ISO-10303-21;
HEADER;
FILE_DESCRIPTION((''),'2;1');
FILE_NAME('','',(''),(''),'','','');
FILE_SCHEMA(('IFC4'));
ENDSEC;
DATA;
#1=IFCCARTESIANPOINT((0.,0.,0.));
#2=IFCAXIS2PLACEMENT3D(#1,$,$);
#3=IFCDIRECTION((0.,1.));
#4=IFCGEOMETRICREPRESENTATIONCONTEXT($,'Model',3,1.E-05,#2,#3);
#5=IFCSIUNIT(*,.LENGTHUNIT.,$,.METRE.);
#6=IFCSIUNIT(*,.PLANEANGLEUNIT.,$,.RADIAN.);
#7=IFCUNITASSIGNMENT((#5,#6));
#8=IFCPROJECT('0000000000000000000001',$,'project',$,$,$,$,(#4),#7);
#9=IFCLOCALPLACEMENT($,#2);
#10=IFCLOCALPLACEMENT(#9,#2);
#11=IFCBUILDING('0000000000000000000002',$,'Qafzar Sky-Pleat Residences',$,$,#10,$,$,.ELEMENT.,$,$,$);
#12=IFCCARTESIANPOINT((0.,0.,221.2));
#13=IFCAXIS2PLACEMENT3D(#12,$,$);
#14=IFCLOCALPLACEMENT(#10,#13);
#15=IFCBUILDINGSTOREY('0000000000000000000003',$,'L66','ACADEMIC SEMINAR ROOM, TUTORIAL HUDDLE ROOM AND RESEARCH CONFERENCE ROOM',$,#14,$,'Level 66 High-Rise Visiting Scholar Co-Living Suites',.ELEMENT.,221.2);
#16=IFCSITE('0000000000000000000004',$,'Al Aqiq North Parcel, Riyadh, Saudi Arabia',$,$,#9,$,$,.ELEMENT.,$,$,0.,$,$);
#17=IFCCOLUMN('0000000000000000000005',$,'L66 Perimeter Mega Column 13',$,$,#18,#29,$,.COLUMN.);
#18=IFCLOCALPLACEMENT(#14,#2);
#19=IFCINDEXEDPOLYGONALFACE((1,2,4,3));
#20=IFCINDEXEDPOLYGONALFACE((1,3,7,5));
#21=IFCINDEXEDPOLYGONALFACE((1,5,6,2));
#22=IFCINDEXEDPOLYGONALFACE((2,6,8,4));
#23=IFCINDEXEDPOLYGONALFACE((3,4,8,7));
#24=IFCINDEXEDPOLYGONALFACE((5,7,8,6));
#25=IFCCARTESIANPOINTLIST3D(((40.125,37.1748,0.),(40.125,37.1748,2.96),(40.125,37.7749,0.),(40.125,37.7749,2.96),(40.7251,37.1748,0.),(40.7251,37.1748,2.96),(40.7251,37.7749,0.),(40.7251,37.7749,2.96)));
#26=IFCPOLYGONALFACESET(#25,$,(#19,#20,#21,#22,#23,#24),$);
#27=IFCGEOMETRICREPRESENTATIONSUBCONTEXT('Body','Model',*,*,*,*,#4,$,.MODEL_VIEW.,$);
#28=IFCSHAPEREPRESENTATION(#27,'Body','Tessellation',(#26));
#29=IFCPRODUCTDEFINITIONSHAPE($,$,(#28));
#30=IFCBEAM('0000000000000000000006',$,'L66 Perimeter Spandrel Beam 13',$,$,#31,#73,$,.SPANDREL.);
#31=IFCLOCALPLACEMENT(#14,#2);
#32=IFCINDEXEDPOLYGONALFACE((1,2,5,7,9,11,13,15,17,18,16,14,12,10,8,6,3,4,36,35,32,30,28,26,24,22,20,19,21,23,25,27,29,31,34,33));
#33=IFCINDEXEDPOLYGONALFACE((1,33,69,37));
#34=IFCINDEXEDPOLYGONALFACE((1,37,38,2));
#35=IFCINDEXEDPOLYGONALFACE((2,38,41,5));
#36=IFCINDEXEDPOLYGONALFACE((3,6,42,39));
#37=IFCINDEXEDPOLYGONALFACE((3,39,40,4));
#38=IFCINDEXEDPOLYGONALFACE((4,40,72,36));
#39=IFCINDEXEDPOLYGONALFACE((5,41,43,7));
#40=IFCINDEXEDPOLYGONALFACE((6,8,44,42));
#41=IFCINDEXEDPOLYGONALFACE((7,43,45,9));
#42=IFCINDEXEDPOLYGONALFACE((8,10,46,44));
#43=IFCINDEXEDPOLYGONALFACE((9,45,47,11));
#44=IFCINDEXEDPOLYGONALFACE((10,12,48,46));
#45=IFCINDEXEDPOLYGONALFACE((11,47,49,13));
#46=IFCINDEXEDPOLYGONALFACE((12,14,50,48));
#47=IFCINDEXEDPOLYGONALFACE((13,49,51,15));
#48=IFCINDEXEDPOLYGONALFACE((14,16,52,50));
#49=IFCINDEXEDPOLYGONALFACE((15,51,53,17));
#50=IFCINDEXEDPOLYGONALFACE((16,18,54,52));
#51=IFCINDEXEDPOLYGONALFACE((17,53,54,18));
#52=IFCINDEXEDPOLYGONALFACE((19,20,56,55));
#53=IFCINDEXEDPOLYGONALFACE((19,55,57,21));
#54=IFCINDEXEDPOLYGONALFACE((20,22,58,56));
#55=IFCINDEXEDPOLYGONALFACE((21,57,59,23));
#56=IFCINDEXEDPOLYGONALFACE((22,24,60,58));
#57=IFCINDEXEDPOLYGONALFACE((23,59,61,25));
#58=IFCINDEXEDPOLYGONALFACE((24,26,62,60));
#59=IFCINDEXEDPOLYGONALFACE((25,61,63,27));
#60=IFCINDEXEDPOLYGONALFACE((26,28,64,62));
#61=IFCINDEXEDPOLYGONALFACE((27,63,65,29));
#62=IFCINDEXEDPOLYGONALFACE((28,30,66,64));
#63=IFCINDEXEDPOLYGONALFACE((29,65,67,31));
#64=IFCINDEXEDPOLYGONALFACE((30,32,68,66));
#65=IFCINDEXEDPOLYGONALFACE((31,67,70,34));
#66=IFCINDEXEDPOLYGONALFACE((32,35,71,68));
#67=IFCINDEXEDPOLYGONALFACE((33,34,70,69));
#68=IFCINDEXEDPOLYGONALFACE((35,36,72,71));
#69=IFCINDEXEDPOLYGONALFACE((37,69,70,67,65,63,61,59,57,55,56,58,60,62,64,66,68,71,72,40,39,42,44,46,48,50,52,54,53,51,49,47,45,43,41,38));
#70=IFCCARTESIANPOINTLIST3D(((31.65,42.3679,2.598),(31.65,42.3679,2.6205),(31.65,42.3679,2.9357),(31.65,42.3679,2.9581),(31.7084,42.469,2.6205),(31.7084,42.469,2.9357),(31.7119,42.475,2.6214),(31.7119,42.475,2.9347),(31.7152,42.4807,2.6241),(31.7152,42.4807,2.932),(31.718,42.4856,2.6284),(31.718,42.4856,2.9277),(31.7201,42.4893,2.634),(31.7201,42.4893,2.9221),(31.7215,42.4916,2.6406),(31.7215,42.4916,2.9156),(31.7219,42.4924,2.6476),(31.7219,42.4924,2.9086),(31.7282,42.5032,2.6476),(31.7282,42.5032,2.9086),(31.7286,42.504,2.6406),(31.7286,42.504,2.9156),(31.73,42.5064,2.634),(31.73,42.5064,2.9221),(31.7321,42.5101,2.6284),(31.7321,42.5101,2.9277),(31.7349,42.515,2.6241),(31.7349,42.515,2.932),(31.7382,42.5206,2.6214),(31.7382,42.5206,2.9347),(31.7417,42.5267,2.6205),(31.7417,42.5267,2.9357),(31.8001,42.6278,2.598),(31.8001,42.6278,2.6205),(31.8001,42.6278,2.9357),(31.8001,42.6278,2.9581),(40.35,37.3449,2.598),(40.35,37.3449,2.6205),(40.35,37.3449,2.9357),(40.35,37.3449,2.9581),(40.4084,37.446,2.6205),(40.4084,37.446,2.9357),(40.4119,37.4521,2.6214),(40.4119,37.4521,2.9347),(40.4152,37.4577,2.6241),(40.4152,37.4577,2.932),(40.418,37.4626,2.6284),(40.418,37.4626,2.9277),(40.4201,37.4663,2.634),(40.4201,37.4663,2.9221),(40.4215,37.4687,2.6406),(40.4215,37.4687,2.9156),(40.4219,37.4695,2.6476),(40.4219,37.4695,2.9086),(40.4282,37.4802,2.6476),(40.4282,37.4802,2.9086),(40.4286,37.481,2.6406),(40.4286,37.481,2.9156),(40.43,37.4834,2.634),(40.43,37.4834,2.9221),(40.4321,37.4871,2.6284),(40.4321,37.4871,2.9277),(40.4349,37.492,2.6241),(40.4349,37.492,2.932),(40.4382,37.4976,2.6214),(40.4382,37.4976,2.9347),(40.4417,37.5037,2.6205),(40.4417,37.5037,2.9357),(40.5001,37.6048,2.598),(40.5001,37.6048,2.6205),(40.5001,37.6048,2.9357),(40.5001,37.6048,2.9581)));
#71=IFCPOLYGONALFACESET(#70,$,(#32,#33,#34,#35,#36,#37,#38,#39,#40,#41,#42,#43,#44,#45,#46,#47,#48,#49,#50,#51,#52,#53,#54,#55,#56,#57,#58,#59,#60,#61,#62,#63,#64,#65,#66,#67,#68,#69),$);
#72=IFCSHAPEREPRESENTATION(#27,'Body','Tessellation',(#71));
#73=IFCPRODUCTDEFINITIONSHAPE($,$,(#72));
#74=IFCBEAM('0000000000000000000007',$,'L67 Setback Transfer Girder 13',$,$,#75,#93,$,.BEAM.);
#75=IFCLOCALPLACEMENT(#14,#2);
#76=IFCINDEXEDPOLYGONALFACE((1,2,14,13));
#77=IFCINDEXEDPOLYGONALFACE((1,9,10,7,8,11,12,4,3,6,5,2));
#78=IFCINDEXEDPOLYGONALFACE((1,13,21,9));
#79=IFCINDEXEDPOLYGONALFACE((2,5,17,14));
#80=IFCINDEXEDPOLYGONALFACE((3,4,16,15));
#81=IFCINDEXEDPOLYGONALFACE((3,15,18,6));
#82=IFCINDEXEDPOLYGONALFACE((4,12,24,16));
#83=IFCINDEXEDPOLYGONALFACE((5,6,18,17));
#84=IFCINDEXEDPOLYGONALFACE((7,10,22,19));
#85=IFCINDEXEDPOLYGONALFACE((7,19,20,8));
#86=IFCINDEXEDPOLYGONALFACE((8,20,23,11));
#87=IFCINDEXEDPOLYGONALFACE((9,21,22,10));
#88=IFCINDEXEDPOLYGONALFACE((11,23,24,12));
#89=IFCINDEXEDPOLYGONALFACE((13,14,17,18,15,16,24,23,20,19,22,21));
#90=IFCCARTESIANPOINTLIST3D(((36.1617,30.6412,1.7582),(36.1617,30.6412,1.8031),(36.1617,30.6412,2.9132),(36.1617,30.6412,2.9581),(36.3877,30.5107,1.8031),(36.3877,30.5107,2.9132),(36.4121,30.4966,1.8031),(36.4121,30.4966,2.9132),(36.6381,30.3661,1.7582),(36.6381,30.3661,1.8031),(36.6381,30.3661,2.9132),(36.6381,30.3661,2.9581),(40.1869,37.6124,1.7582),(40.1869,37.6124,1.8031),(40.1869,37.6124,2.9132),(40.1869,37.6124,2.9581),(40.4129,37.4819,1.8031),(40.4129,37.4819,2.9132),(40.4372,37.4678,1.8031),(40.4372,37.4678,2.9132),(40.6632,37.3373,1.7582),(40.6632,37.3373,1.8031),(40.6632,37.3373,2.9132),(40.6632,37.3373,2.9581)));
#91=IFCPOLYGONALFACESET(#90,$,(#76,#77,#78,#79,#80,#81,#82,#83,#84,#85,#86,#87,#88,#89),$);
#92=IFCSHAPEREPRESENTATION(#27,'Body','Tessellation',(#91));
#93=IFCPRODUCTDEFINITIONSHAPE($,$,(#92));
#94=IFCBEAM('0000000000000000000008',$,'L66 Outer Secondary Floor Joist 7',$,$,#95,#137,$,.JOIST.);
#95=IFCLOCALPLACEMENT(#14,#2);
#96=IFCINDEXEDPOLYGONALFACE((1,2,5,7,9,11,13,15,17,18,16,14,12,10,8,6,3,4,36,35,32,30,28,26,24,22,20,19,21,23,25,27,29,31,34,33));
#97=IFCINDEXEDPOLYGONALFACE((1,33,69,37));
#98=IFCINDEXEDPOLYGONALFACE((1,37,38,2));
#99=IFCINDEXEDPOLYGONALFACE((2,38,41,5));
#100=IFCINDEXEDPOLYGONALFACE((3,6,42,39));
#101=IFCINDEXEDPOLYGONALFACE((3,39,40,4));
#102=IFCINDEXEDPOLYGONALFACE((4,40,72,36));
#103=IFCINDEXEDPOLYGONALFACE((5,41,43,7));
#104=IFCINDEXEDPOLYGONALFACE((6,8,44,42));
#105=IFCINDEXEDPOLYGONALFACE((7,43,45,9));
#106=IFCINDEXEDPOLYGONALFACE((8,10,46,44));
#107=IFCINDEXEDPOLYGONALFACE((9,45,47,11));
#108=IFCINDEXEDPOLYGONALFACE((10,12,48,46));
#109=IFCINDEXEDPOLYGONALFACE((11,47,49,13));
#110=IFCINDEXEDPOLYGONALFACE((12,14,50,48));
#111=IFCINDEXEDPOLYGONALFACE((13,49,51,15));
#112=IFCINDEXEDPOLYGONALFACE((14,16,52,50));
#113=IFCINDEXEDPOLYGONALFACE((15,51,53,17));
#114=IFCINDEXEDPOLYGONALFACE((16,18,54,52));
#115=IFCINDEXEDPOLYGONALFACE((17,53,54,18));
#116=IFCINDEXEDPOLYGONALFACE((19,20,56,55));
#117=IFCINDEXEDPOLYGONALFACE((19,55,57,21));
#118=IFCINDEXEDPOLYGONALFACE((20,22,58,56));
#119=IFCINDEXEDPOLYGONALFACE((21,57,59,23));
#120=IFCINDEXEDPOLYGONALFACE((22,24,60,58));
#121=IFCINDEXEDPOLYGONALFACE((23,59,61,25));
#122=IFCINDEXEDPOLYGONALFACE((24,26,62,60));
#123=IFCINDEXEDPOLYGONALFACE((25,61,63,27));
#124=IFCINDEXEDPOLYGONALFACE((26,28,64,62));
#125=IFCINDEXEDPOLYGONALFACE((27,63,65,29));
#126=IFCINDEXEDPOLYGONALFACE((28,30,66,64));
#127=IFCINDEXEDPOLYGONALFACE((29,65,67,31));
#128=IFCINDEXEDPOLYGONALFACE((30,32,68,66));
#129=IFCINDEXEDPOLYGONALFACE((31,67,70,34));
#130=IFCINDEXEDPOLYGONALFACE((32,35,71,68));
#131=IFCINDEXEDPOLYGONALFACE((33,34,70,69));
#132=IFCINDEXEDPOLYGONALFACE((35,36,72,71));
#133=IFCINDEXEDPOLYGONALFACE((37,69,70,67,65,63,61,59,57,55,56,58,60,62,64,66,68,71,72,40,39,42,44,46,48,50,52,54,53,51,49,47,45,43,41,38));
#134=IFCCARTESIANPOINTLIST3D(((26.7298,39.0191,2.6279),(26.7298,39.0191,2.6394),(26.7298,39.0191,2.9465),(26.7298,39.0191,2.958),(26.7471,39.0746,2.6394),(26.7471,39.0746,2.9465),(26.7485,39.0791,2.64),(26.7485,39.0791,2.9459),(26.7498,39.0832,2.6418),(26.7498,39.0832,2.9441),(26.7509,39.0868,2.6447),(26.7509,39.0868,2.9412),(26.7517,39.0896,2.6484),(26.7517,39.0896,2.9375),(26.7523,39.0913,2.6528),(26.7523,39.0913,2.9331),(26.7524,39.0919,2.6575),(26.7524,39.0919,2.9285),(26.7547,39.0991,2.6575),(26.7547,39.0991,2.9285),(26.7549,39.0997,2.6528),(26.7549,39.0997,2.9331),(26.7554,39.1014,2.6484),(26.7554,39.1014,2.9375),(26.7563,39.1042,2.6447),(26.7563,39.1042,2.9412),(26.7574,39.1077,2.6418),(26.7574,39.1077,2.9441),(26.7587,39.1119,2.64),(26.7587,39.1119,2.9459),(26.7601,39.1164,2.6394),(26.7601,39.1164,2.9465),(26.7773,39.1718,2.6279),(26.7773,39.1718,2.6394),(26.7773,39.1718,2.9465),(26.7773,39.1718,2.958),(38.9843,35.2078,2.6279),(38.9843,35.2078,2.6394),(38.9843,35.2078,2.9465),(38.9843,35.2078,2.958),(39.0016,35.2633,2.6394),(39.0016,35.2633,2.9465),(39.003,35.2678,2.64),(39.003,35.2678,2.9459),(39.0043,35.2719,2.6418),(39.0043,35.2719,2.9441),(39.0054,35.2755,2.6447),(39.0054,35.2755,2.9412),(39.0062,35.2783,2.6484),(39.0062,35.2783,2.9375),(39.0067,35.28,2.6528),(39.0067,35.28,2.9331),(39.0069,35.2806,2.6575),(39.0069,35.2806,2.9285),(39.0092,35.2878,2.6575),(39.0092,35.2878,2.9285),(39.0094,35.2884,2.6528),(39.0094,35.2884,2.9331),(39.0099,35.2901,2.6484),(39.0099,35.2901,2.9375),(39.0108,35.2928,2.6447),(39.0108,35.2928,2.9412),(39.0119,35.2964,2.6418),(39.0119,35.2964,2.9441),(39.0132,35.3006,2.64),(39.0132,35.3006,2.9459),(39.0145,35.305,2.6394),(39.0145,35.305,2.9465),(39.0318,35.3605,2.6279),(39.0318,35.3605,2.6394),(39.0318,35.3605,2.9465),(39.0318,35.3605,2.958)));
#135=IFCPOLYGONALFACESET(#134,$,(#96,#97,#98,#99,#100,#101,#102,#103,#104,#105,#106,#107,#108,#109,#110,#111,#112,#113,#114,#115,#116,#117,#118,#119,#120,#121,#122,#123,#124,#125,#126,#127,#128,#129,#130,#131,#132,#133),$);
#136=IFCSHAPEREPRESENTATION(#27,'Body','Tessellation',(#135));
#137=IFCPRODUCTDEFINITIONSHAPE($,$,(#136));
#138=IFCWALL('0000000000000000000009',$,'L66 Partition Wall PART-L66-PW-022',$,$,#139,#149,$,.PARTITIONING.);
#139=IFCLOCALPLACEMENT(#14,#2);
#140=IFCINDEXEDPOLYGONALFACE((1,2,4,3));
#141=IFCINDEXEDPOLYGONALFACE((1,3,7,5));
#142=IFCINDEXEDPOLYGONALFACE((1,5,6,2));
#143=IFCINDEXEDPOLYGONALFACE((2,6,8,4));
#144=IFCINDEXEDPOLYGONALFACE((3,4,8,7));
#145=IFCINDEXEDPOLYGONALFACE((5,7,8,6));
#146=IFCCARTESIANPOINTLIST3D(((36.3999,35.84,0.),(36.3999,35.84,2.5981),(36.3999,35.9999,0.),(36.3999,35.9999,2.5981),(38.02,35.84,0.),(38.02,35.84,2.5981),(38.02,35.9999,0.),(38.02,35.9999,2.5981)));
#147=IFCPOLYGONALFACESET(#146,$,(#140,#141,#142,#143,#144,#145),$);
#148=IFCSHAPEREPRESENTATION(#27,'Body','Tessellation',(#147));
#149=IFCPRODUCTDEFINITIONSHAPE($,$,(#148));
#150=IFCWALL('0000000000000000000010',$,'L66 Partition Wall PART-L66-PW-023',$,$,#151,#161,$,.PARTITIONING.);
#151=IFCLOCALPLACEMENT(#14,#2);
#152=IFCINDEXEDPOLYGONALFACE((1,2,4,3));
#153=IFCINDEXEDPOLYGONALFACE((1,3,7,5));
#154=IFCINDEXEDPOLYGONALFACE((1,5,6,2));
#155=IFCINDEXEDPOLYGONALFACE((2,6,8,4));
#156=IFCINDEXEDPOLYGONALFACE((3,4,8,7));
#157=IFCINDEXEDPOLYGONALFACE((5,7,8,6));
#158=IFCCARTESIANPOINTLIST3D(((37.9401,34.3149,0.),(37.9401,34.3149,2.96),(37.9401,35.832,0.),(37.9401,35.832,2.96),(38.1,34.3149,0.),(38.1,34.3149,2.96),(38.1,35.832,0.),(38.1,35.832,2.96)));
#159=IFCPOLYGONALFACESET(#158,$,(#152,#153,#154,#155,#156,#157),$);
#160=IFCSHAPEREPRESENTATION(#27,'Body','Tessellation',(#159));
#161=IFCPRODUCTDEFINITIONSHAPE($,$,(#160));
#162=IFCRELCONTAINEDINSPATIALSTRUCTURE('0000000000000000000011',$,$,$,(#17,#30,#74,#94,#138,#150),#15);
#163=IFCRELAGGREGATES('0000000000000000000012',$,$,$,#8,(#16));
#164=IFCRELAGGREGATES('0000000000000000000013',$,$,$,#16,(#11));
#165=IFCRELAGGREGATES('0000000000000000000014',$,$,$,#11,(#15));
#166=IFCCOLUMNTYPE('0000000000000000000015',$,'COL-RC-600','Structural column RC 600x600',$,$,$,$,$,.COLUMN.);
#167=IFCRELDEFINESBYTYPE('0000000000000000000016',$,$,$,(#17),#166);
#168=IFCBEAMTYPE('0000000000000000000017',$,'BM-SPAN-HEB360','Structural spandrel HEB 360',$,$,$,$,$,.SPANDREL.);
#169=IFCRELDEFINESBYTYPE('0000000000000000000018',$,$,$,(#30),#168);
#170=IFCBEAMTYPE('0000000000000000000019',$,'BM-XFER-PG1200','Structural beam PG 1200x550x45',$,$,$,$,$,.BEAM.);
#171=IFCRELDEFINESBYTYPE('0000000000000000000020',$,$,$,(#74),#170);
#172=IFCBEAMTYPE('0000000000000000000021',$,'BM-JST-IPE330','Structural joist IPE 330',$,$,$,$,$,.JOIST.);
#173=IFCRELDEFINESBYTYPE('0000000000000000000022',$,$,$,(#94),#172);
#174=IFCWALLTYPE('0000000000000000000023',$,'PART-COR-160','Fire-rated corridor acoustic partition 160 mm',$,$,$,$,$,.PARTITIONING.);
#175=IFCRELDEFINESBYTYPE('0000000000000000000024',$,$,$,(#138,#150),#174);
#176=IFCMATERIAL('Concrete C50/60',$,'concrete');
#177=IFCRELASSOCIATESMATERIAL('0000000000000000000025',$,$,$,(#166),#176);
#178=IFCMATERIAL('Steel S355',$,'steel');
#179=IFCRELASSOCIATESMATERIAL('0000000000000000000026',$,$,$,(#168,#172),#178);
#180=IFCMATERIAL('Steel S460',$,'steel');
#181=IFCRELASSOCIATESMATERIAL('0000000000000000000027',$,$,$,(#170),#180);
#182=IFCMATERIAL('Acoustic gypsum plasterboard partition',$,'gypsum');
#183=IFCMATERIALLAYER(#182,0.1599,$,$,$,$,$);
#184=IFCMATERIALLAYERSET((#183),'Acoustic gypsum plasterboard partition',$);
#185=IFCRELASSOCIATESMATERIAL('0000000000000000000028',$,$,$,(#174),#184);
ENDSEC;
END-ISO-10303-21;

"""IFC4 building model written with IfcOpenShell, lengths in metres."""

from ifc_helpers import new_model, si_unit, direction, frame, frame_2d, origin, origin_2d, place, context, subcontext, project, spatial, rectangle, i_section, extrude, source, transform, mapped, material, layer, layer_set, material_profile, profile_set, type_object, element, save


model = new_model("IFC4")

# Units and contexts
model_context = context("Model", 3, precision=1e-05, world=origin(), true_north=direction((0.0, 1.0)))
body_context = subcontext(model_context, "Body", "Model", "MODEL_VIEW")
ifc_project = project(units=[si_unit("LENGTHUNIT", "METRE"), si_unit("PLANEANGLEUNIT", "RADIAN")], contexts=[model_context])

# Site, building, storey
site_placement = place(None, origin())
site = spatial("IfcSite", under=ifc_project, at=site_placement, Name="Al Aqiq North Parcel, Riyadh, Saudi Arabia", CompositionType="ELEMENT", RefElevation=0.0)
building_placement = place(site_placement, origin())
building = spatial("IfcBuilding", under=site, at=building_placement, Name="Qafzar Sky-Pleat Residences", CompositionType="ELEMENT")
storey_placement = place(building_placement, frame((0.0, 0.0, 221.2)))
storey = spatial("IfcBuildingStorey", under=building, at=storey_placement, Name="L66", Description="ACADEMIC SEMINAR ROOM, TUTORIAL HUDDLE ROOM AND RESEARCH CONFERENCE ROOM", LongName="Level 66 High-Rise Visiting Scholar Co-Living Suites", CompositionType="ELEMENT", Elevation=221.2)

# Column
ifc_material_1 = material(Name="Concrete C50/60", Category="concrete")
ifc_material_profile_1 = material_profile(ifc_material_1, rectangle(XDim=0.6001, YDim=0.6001, at=origin_2d()), Name="RC 600x600")
ifc_profile_set_1 = profile_set([ifc_material_profile_1], Name="Concrete C50/60")
column_type = type_object("IfcColumnType", Name="COL-RC-600", Description="Structural column RC 600x600", PredefinedType="COLUMN", material=ifc_profile_set_1)
shared_shape_1 = source(origin(), body_context, "Body", "SweptSolid", [
    extrude(rectangle(XDim=0.6001, YDim=0.6001, at=origin_2d()), origin(), (0.0, 0.0, 1.0), 2.96),
])
column_placement = place(storey_placement, frame((40.425, 37.4749, 0.0), z_axis=(0.0, 0.0, 1.0), x_axis=(1.0, 0.0, 0.0)))
element("IfcColumn", 1, at=column_placement, inside=storey, type_object=column_type, Name="L66 Perimeter Mega Column 13", PredefinedType="COLUMN", context=body_context, shape_type="MappedRepresentation", body=[
    mapped(shared_shape_1, transform((0.0, 0.0, 0.0), x_axis=(1.0, 0.0, 0.0), y_axis=(0.0, 1.0, 0.0), z_axis=(0.0, 0.0, 1.0), scale=1.0)),
])

# Beams
ifc_material_2 = material(Name="Steel S355", Category="steel")
ifc_material_profile_2 = material_profile(ifc_material_2, i_section(OverallWidth=0.3, OverallDepth=0.3601, WebThickness=0.0125, FlangeThickness=0.0225, FilletRadius=0.0271, at=origin_2d()), Name="HEB 360")
ifc_profile_set_2 = profile_set([ifc_material_profile_2], Name="Steel S355")
beam_type_1 = type_object("IfcBeamType", Name="BM-SPAN-HEB360", Description="Structural spandrel HEB 360", PredefinedType="SPANDREL", material=ifc_profile_set_2)
shared_shape_2 = source(origin(), body_context, "Body", "SweptSolid", [
    extrude(i_section(OverallWidth=0.3, OverallDepth=0.3601, WebThickness=0.0125, FlangeThickness=0.0225, FilletRadius=0.0271, at=origin_2d()), origin(), (0.0, 0.0, 1.0), 10.0459),
])
beam_1_placement = place(storey_placement, frame((40.425, 37.4749, 2.7781), z_axis=(-0.866024, 0.500002, 0.0), x_axis=(-0.500002, -0.866024, 0.0)))
element("IfcBeam", 2, at=beam_1_placement, inside=storey, type_object=beam_type_1, Name="L66 Perimeter Spandrel Beam 13", PredefinedType="SPANDREL", context=body_context, shape_type="MappedRepresentation", body=[
    mapped(shared_shape_2, transform((0.0, 0.0, 0.0), x_axis=(1.0, 0.0, 0.0), y_axis=(0.0, 1.0, 0.0), z_axis=(0.0, 0.0, 1.0), scale=1.0)),
])
ifc_material_3 = material(Name="Steel S460", Category="steel")
ifc_material_profile_3 = material_profile(ifc_material_3, i_section(OverallWidth=0.55, OverallDepth=1.2, WebThickness=0.0281, FlangeThickness=0.0449, at=origin_2d()), Name="PG 1200x550x45")
ifc_profile_set_3 = profile_set([ifc_material_profile_3], Name="Steel S460")
beam_type_2 = type_object("IfcBeamType", Name="BM-XFER-PG1200", Description="Structural beam PG 1200x550x45", PredefinedType="BEAM", material=ifc_profile_set_3)
shared_shape_3 = source(origin(), body_context, "Body", "SweptSolid", [
    extrude(i_section(OverallWidth=0.55, OverallDepth=1.2, WebThickness=0.0281, FlangeThickness=0.0449, at=origin_2d()), origin(), (0.0, 0.0, 1.0), 8.0498),
])
beam_2_placement = place(storey_placement, frame((40.425, 37.4749, 2.3582), z_axis=(-0.50003, -0.866008, 0.0), x_axis=(0.866008, -0.50003, 0.0)))
element("IfcBeam", 3, at=beam_2_placement, inside=storey, type_object=beam_type_2, Name="L67 Setback Transfer Girder 13", PredefinedType="BEAM", context=body_context, shape_type="MappedRepresentation", body=[
    mapped(shared_shape_3, transform((0.0, 0.0, 0.0), x_axis=(1.0, 0.0, 0.0), y_axis=(0.0, 1.0, 0.0), z_axis=(0.0, 0.0, 1.0), scale=1.0)),
])
ifc_material_profile_4 = material_profile(ifc_material_2, i_section(OverallWidth=0.1599, OverallDepth=0.3301, WebThickness=0.0076, FlangeThickness=0.0115, FilletRadius=0.0181, at=origin_2d()), Name="IPE 330")
ifc_profile_set_4 = profile_set([ifc_material_profile_4], Name="Steel S355")
beam_type_3 = type_object("IfcBeamType", Name="BM-JST-IPE330", Description="Structural joist IPE 330", PredefinedType="JOIST", material=ifc_profile_set_4)
shared_shape_4 = source(origin(), body_context, "Body", "SweptSolid", [
    extrude(i_section(OverallWidth=0.1599, OverallDepth=0.3301, WebThickness=0.0076, FlangeThickness=0.0115, FilletRadius=0.0181, at=origin_2d()), origin(), (0.0, 0.0, 1.0), 12.8335),
])
beam_3_placement = place(storey_placement, frame((39.0081, 35.2842, 2.793), z_axis=(-0.954883, 0.296981, 0.0), x_axis=(-0.296981, -0.954883, 0.0)))
element("IfcBeam", 4, at=beam_3_placement, inside=storey, type_object=beam_type_3, Name="L66 Outer Secondary Floor Joist 7", PredefinedType="JOIST", context=body_context, shape_type="MappedRepresentation", body=[
    mapped(shared_shape_4, transform((0.0, 0.0, 0.0), x_axis=(1.0, 0.0, 0.0), y_axis=(0.0, 1.0, 0.0), z_axis=(0.0, 0.0, 1.0), scale=1.0)),
])

# Walls
ifc_material_4 = material(Name="Acoustic gypsum plasterboard partition", Category="gypsum")
ifc_layer_1 = layer(ifc_material_4, 0.1599)
ifc_layer_set_1 = layer_set([ifc_layer_1], Name="Acoustic gypsum plasterboard partition")
wall_type_1 = type_object("IfcWallType", Name="PART-COR-160", Description="Fire-rated corridor acoustic partition 160 mm", PredefinedType="PARTITIONING", material=ifc_layer_set_1)
wall_1_placement = place(storey_placement, frame((36.3999, 35.9199, 0.0), z_axis=(0.0, 0.0, 1.0), x_axis=(1.0, 0.0, 0.0)))
element("IfcWall", 5, at=wall_1_placement, inside=storey, type_object=wall_type_1, Name="L66 Partition Wall PART-L66-PW-022", PredefinedType="PARTITIONING", context=body_context, shape_type="SweptSolid", body=[
    extrude(rectangle(XDim=1.6201, YDim=0.1599, at=frame_2d((0.8101, 0.0))), origin(), (0.0, 0.0, 1.0), 2.5981),
])
wall_2_placement = place(storey_placement, frame((38.02, 34.3149, 0.0), z_axis=(0.0, 0.0, 1.0), x_axis=(0.0, 1.0, 0.0)))
element("IfcWall", 6, at=wall_2_placement, inside=storey, type_object=wall_type_1, Name="L66 Partition Wall PART-L66-PW-023", PredefinedType="PARTITIONING", context=body_context, shape_type="SweptSolid", body=[
    extrude(rectangle(XDim=1.5171, YDim=0.1599, at=frame_2d((0.7585, 0.0))), origin(), (0.0, 0.0, 1.0), 2.96),
])

save(model, "model.ifc")
